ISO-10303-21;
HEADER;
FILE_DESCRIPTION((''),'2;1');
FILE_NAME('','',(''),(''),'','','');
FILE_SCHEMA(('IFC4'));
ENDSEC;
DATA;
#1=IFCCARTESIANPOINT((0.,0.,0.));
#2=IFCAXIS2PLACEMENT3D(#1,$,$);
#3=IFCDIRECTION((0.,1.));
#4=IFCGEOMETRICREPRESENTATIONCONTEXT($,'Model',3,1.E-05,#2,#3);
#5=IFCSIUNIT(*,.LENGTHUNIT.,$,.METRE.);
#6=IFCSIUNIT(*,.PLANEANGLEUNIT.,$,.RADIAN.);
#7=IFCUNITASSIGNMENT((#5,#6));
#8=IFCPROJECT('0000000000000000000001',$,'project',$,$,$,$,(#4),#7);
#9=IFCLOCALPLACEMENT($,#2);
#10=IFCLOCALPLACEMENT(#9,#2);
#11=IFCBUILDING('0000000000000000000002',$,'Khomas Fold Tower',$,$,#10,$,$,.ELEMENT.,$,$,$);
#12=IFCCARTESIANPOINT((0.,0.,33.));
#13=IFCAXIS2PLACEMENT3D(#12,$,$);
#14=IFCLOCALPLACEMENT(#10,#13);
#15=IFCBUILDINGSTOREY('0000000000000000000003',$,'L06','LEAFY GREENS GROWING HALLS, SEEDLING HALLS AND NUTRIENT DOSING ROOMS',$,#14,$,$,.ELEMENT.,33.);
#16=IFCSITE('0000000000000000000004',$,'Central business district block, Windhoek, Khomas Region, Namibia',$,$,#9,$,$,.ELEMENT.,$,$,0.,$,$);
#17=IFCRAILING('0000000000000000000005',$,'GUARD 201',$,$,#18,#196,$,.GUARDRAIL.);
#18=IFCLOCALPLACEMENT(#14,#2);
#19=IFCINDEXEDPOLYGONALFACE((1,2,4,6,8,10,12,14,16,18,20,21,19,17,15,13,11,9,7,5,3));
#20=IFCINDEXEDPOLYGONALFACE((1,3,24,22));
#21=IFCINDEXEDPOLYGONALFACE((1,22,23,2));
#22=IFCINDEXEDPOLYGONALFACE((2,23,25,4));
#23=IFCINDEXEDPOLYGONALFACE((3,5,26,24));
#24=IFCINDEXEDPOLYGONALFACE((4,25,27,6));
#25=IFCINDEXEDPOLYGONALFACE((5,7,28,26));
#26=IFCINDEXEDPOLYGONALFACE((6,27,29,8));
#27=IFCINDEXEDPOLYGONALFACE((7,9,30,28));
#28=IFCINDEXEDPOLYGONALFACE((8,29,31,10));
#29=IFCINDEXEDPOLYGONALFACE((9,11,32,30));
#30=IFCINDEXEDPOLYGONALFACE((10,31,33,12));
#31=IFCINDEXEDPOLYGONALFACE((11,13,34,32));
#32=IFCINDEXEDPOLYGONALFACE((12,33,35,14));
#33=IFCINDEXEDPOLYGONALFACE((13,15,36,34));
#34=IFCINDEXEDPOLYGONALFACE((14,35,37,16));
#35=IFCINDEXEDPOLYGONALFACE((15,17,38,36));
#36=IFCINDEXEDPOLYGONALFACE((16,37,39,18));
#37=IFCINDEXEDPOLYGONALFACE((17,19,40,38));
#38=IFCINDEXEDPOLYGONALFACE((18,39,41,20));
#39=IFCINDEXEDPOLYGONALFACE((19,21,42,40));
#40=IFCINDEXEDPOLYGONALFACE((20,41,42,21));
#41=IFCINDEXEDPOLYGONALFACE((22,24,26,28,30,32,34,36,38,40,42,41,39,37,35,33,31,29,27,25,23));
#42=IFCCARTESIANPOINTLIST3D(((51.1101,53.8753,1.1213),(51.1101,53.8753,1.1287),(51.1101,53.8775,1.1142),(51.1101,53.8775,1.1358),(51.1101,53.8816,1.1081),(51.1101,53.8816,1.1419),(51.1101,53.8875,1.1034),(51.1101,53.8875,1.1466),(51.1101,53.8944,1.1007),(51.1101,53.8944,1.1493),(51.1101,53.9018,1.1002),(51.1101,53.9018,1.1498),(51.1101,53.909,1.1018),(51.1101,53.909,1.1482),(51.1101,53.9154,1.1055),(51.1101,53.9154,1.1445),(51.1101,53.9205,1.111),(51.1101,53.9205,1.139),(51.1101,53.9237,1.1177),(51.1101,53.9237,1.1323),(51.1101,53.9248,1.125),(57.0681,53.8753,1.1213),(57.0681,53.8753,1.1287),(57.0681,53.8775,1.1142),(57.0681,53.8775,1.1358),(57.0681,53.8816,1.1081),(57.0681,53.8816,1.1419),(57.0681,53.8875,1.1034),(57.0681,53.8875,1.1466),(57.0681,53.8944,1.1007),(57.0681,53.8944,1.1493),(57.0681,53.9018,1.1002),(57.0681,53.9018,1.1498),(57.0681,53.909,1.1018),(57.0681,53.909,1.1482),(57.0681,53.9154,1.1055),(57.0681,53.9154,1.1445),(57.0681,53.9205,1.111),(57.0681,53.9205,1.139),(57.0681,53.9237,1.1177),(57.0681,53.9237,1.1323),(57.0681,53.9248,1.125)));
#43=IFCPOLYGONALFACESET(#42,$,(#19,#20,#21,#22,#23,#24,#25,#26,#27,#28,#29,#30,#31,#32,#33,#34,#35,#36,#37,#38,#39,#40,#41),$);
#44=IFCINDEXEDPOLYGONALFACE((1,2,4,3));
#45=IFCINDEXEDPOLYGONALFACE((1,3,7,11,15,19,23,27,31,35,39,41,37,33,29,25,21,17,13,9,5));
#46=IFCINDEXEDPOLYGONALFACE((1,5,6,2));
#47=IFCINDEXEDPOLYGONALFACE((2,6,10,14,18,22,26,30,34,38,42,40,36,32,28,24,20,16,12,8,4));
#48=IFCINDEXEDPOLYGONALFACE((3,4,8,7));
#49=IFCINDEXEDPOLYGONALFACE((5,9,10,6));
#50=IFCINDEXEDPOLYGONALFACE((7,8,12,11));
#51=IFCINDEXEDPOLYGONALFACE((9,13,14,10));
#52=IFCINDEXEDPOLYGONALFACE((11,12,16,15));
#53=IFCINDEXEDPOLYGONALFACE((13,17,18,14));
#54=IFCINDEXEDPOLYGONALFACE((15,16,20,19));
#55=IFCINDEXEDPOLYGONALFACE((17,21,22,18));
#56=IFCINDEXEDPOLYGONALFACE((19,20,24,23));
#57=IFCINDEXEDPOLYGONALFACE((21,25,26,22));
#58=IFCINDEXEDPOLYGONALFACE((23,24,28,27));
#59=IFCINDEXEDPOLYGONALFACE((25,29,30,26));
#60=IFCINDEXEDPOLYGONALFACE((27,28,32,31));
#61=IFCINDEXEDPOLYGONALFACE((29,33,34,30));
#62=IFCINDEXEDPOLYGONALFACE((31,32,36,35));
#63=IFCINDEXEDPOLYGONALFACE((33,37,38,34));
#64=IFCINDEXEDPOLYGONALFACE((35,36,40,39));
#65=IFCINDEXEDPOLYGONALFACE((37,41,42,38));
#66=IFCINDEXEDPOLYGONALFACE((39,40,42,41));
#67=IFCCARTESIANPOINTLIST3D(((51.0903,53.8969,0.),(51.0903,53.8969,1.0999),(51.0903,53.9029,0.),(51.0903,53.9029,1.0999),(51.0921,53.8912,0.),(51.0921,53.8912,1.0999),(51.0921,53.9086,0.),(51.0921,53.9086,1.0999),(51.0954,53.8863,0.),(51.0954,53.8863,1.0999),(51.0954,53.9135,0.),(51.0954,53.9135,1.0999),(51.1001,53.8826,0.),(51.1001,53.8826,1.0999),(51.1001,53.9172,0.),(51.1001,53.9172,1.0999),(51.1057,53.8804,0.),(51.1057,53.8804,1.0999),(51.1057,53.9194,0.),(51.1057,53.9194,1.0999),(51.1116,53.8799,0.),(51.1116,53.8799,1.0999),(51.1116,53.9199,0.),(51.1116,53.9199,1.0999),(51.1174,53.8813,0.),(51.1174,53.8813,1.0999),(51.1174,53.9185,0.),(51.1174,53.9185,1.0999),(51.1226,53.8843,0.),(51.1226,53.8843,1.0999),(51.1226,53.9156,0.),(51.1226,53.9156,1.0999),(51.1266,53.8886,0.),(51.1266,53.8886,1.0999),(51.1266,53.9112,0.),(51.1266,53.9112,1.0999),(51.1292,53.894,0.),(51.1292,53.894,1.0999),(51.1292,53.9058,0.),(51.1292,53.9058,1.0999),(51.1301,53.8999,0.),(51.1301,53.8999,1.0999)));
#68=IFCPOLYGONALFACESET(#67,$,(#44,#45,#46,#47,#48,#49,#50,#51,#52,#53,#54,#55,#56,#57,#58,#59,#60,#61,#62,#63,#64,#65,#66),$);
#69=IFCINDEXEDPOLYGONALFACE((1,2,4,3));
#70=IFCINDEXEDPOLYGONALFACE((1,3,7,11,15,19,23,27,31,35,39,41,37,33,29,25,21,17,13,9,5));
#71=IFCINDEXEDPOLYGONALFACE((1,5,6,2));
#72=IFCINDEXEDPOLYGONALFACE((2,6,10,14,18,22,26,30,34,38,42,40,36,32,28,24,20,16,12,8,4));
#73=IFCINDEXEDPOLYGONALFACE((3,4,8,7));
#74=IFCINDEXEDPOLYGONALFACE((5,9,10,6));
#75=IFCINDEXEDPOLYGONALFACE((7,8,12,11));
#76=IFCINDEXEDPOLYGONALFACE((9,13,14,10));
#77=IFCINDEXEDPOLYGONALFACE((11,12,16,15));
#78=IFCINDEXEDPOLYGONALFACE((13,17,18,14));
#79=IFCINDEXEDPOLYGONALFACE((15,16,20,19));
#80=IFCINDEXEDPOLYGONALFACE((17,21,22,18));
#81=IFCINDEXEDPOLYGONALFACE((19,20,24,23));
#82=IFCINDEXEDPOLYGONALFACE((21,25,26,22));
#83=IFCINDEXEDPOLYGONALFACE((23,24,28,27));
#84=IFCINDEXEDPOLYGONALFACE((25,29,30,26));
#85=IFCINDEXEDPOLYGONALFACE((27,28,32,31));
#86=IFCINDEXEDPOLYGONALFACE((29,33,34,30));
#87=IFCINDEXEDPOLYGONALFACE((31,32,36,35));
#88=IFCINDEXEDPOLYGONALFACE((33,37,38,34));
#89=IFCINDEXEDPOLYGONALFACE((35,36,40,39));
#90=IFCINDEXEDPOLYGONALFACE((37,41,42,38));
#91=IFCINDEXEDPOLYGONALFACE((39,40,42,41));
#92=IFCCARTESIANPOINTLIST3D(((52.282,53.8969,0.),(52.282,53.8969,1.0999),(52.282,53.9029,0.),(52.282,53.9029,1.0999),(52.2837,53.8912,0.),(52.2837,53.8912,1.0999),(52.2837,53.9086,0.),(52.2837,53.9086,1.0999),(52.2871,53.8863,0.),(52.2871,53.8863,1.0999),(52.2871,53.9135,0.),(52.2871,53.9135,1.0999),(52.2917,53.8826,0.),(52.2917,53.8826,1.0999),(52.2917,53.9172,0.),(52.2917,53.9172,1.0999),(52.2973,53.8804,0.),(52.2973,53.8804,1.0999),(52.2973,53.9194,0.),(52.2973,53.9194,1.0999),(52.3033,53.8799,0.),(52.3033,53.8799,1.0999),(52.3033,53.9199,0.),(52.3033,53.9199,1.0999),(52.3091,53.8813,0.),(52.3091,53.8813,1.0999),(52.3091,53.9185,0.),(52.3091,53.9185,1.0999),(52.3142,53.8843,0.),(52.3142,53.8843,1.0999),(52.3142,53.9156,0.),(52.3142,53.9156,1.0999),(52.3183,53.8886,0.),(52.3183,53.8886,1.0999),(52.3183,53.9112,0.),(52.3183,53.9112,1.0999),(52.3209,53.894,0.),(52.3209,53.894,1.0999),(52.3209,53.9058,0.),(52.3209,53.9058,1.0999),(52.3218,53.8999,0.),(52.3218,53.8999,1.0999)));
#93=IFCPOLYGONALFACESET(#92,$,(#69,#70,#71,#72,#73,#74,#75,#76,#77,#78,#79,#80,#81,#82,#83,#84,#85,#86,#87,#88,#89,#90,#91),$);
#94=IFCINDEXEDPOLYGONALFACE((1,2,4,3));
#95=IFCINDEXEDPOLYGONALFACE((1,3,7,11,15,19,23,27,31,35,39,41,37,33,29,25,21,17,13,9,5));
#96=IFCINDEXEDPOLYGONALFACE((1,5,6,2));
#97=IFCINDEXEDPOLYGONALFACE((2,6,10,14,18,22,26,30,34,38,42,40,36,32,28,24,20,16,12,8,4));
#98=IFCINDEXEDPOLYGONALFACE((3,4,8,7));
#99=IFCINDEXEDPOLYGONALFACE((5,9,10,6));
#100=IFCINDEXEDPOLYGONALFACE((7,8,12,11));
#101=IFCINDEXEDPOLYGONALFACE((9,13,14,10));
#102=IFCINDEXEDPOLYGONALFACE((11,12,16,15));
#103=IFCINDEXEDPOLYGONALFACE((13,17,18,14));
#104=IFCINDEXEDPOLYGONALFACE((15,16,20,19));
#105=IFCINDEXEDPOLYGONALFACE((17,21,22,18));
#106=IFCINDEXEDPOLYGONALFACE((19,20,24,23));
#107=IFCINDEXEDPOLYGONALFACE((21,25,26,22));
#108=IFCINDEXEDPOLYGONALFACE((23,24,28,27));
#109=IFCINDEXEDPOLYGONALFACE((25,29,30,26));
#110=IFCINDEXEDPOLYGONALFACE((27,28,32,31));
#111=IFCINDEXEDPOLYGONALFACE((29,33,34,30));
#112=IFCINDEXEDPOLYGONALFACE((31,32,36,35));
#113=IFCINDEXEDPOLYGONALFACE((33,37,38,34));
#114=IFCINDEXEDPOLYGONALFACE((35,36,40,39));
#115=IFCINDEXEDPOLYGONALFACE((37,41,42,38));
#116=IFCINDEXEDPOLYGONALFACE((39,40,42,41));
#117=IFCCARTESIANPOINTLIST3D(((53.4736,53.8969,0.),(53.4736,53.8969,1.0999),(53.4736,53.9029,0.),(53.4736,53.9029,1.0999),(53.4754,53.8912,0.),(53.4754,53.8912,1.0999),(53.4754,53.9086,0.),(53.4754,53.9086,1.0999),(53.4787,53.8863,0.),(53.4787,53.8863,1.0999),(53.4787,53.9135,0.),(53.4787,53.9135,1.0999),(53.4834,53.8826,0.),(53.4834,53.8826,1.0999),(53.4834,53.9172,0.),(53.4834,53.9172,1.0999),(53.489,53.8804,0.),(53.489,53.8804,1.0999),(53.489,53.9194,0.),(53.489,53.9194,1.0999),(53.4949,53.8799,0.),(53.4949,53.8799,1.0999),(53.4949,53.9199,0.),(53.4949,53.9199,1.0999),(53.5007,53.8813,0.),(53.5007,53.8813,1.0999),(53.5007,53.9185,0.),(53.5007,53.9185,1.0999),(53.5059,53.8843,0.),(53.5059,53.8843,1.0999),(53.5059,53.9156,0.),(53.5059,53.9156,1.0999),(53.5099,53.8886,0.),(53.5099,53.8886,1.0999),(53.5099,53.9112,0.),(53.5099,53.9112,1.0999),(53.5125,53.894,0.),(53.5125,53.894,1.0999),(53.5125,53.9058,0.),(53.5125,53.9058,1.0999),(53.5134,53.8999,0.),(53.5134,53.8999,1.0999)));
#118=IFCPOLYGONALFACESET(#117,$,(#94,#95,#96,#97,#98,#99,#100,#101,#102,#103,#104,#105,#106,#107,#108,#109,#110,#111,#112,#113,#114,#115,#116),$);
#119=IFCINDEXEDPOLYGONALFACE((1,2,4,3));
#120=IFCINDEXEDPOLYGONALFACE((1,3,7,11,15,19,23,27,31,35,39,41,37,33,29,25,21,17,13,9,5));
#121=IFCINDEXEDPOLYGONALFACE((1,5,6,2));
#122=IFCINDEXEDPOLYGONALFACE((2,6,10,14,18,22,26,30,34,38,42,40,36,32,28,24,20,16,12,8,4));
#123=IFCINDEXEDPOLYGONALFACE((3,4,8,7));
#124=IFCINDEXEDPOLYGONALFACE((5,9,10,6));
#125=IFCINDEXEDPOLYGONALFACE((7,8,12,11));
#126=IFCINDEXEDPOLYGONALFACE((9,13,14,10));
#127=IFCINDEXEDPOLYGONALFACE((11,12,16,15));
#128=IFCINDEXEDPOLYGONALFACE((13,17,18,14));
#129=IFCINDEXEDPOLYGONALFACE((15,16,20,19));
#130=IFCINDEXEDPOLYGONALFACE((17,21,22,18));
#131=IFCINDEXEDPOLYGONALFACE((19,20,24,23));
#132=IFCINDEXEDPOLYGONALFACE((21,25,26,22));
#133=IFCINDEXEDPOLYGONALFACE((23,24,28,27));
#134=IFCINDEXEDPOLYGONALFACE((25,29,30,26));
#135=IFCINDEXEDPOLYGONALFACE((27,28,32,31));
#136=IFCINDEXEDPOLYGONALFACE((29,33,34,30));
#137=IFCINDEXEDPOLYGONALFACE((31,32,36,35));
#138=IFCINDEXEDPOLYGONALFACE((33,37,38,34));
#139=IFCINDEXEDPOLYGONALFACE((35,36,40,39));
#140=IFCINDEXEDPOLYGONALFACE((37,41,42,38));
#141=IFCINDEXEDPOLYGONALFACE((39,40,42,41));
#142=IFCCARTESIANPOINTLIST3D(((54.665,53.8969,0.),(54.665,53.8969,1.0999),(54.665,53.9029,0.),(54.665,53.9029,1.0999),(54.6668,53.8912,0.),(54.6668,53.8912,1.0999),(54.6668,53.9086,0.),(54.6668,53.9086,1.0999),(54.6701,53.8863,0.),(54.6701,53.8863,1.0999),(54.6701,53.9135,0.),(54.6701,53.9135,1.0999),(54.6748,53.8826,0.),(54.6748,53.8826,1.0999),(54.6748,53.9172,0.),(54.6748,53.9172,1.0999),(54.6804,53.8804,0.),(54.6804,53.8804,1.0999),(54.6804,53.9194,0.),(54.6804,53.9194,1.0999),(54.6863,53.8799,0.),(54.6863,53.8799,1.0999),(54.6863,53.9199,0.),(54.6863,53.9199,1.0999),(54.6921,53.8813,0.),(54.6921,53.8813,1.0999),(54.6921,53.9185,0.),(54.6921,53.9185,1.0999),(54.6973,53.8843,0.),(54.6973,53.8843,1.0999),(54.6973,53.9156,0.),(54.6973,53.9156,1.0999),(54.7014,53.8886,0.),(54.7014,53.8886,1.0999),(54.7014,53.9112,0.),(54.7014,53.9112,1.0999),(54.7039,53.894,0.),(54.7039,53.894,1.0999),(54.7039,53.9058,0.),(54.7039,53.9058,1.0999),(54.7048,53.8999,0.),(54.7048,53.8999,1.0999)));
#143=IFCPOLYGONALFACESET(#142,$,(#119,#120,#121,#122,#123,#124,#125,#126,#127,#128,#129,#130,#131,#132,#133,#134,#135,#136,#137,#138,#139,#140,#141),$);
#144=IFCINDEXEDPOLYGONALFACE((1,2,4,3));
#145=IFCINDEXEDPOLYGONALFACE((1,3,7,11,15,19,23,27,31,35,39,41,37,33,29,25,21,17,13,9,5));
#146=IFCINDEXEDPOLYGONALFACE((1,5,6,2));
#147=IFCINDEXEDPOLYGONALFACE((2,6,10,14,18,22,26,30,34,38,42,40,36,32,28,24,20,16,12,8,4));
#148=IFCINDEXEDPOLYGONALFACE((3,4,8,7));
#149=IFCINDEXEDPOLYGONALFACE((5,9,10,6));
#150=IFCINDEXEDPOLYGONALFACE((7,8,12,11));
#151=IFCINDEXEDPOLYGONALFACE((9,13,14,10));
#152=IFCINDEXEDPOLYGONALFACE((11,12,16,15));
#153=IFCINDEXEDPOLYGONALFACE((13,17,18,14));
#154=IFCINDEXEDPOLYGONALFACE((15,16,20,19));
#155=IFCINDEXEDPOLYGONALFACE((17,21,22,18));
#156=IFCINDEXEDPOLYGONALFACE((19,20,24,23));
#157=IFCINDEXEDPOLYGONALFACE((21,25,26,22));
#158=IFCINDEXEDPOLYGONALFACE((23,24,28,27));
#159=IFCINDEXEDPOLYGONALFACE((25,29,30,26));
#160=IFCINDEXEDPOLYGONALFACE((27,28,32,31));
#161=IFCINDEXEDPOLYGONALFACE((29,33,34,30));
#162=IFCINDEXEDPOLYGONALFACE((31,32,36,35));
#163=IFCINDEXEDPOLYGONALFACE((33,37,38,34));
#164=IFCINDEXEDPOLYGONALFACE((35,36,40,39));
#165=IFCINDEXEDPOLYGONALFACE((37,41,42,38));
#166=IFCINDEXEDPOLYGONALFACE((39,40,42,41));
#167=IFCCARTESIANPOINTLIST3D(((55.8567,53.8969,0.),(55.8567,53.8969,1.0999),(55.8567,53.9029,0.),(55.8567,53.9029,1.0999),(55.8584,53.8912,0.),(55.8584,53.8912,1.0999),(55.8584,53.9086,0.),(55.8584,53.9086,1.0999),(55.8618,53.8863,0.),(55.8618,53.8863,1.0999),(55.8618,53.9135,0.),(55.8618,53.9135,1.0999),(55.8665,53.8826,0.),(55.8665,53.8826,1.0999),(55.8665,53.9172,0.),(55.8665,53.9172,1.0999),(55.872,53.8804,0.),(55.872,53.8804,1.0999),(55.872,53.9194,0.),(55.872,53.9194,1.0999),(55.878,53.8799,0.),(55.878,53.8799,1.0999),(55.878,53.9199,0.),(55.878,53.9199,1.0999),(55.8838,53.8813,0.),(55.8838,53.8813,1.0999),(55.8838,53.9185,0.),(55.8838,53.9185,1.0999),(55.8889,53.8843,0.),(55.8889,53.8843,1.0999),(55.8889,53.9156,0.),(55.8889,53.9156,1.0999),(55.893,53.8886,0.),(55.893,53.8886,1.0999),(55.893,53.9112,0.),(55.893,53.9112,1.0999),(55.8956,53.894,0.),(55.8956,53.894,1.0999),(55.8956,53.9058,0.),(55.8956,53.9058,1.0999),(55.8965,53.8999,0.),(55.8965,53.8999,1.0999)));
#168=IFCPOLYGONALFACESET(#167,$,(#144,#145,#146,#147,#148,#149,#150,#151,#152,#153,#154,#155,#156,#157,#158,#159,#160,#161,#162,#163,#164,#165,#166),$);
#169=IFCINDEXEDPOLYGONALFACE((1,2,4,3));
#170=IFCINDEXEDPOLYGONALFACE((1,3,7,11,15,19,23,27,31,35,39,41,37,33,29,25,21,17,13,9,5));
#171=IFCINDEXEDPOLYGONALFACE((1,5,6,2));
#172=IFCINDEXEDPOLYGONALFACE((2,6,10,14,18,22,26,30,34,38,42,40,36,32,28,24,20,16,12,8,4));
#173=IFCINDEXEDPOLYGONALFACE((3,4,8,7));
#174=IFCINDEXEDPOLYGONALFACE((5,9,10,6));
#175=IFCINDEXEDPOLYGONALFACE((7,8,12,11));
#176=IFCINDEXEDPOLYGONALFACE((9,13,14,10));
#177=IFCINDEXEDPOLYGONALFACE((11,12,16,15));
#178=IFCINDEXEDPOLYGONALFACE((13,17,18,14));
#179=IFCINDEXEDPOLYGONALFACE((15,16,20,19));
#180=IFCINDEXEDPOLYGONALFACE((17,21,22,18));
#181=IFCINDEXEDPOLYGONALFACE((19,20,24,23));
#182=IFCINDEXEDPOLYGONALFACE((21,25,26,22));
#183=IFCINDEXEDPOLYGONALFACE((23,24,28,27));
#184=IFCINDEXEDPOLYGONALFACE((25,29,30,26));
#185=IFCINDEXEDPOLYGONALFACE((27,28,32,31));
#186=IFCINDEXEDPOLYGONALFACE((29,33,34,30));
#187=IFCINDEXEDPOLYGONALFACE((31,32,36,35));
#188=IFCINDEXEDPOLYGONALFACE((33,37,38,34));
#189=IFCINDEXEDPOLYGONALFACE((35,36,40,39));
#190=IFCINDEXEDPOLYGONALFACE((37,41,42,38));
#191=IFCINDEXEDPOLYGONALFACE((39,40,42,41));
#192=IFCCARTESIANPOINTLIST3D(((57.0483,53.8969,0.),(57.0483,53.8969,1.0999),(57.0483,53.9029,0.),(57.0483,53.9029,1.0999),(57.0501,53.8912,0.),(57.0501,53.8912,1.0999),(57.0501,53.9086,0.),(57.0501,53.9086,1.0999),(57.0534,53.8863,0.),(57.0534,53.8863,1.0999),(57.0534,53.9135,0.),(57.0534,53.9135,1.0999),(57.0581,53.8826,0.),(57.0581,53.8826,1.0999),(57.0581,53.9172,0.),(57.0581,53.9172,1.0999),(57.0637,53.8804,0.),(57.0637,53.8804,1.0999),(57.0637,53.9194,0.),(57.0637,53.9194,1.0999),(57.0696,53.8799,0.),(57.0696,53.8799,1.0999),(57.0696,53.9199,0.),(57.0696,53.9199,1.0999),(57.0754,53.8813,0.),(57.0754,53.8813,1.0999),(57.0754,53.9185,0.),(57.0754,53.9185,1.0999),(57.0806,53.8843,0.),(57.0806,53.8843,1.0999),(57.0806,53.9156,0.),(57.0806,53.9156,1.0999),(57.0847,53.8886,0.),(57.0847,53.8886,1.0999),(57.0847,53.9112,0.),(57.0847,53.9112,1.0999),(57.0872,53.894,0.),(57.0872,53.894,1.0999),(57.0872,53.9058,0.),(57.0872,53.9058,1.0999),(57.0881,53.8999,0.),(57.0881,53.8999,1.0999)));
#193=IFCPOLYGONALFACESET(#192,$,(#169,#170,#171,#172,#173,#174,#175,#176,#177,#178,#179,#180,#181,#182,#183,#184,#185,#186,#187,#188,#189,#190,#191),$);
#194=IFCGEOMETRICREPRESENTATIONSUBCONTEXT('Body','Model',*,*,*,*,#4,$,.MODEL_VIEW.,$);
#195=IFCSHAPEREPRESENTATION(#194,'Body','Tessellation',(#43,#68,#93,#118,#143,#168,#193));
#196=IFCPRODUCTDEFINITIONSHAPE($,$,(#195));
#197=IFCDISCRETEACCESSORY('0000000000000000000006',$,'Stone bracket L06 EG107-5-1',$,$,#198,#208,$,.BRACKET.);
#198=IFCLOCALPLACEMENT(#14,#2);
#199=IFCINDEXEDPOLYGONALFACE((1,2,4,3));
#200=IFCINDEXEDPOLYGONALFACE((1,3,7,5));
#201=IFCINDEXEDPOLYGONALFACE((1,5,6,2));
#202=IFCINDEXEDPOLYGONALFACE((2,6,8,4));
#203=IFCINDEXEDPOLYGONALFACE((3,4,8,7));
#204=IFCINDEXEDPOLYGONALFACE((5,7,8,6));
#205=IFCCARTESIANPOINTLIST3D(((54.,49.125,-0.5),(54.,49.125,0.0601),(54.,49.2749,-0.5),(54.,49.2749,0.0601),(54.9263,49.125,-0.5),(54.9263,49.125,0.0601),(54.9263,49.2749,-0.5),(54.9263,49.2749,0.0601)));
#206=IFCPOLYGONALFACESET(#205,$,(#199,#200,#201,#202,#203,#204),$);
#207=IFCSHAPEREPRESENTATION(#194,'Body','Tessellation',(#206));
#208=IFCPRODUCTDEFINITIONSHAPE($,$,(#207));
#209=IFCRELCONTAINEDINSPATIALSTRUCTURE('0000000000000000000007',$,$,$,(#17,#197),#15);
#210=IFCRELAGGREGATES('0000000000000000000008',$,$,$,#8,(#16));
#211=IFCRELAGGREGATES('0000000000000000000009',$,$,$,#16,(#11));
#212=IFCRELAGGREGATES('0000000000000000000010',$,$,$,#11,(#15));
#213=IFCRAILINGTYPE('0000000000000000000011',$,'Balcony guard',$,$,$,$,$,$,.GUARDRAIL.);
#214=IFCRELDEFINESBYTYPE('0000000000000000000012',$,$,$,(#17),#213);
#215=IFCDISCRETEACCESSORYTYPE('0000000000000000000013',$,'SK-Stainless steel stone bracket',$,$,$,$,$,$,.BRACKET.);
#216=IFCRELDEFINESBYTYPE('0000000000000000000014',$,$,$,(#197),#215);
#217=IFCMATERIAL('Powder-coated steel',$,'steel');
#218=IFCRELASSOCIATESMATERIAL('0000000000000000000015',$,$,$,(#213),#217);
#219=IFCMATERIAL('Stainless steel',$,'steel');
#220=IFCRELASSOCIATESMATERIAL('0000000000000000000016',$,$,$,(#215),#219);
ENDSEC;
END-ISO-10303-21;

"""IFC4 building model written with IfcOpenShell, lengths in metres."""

from ifc_helpers import new_model, si_unit, direction, frame, origin, origin_2d, place, context, subcontext, project, spatial, rectangle, circle, extrude, source, transform, mapped, material, type_object, element, save


model = new_model("IFC4")

# Units and contexts
model_context = context("Model", 3, precision=1e-05, world=origin(), true_north=direction((0.0, 1.0)))
body_context = subcontext(model_context, "Body", "Model", "MODEL_VIEW")
ifc_project = project(units=[si_unit("LENGTHUNIT", "METRE"), si_unit("PLANEANGLEUNIT", "RADIAN")], contexts=[model_context])

# Site, building, storey
site_placement = place(None, origin())
site = spatial("IfcSite", under=ifc_project, at=site_placement, Name="Central business district block, Windhoek, Khomas Region, Namibia", CompositionType="ELEMENT", RefElevation=0.0)
building_placement = place(site_placement, origin())
building = spatial("IfcBuilding", under=site, at=building_placement, Name="Khomas Fold Tower", CompositionType="ELEMENT")
storey_placement = place(building_placement, frame((0.0, 0.0, 33.0)))
storey = spatial("IfcBuildingStorey", under=building, at=storey_placement, Name="L06", Description="LEAFY GREENS GROWING HALLS, SEEDLING HALLS AND NUTRIENT DOSING ROOMS", CompositionType="ELEMENT", Elevation=33.0)

# Railing
ifc_material_1 = material(Name="Powder-coated steel", Category="steel")
railing_type = type_object("IfcRailingType", Name="Balcony guard", PredefinedType="GUARDRAIL", material=ifc_material_1)
shared_shape_1 = source(origin(), body_context, "Body", "SweptSolid", [
    extrude(circle(Radius=0.0249, at=origin_2d()), frame((0.0, 0.0, 1.125), z_axis=(1.0, 0.0, 0.0), x_axis=(0.0, 1.0, 0.0)), (0.0, 0.0, 1.0), 5.958),
    extrude(circle(Radius=0.02, at=origin_2d()), origin(), (0.0, 0.0, 1.0), 1.0999),
    extrude(circle(Radius=0.02, at=origin_2d()), frame((1.1917, 0.0, 0.0)), (0.0, 0.0, 1.0), 1.0999),
    extrude(circle(Radius=0.02, at=origin_2d()), frame((2.3833, 0.0, 0.0)), (0.0, 0.0, 1.0), 1.0999),
    extrude(circle(Radius=0.02, at=origin_2d()), frame((3.5747, 0.0, 0.0)), (0.0, 0.0, 1.0), 1.0999),
    extrude(circle(Radius=0.02, at=origin_2d()), frame((4.7664, 0.0, 0.0)), (0.0, 0.0, 1.0), 1.0999),
    extrude(circle(Radius=0.02, at=origin_2d()), frame((5.958, 0.0, 0.0)), (0.0, 0.0, 1.0), 1.0999),
])
railing_placement = place(storey_placement, frame((51.1101, 53.8999, 0.0)))
element("IfcRailing", 1, at=railing_placement, inside=storey, type_object=railing_type, Name="GUARD 201", PredefinedType="GUARDRAIL", context=body_context, shape_type="MappedRepresentation", body=[
    mapped(shared_shape_1, transform((0.0, 0.0, 0.0))),
])

# Discrete accessory
ifc_material_2 = material(Name="Stainless steel", Category="steel")
discrete_accessory_type = type_object("IfcDiscreteAccessoryType", Name="SK-Stainless steel stone bracket", PredefinedType="BRACKET", material=ifc_material_2)
shared_shape_2 = source(origin(), body_context, "Body", "SweptSolid", [
    extrude(rectangle(XDim=0.9263, YDim=0.1499, at=origin_2d()), origin(), (0.0, 0.0, 1.0), 0.5601),
])
discrete_accessory_1_placement = place(storey_placement, frame((54.4631, 49.2, -0.5), z_axis=(0.0, 0.0, 1.0), x_axis=(1.0, 0.0, 0.0)))
element("IfcDiscreteAccessory", 2, at=discrete_accessory_1_placement, inside=storey, type_object=discrete_accessory_type, Name="Stone bracket L06 EG107-5-1", PredefinedType="BRACKET", context=body_context, shape_type="MappedRepresentation", body=[
    mapped(shared_shape_2, transform((0.0, 0.0, 0.0))),
])

save(model, "model.ifc")
